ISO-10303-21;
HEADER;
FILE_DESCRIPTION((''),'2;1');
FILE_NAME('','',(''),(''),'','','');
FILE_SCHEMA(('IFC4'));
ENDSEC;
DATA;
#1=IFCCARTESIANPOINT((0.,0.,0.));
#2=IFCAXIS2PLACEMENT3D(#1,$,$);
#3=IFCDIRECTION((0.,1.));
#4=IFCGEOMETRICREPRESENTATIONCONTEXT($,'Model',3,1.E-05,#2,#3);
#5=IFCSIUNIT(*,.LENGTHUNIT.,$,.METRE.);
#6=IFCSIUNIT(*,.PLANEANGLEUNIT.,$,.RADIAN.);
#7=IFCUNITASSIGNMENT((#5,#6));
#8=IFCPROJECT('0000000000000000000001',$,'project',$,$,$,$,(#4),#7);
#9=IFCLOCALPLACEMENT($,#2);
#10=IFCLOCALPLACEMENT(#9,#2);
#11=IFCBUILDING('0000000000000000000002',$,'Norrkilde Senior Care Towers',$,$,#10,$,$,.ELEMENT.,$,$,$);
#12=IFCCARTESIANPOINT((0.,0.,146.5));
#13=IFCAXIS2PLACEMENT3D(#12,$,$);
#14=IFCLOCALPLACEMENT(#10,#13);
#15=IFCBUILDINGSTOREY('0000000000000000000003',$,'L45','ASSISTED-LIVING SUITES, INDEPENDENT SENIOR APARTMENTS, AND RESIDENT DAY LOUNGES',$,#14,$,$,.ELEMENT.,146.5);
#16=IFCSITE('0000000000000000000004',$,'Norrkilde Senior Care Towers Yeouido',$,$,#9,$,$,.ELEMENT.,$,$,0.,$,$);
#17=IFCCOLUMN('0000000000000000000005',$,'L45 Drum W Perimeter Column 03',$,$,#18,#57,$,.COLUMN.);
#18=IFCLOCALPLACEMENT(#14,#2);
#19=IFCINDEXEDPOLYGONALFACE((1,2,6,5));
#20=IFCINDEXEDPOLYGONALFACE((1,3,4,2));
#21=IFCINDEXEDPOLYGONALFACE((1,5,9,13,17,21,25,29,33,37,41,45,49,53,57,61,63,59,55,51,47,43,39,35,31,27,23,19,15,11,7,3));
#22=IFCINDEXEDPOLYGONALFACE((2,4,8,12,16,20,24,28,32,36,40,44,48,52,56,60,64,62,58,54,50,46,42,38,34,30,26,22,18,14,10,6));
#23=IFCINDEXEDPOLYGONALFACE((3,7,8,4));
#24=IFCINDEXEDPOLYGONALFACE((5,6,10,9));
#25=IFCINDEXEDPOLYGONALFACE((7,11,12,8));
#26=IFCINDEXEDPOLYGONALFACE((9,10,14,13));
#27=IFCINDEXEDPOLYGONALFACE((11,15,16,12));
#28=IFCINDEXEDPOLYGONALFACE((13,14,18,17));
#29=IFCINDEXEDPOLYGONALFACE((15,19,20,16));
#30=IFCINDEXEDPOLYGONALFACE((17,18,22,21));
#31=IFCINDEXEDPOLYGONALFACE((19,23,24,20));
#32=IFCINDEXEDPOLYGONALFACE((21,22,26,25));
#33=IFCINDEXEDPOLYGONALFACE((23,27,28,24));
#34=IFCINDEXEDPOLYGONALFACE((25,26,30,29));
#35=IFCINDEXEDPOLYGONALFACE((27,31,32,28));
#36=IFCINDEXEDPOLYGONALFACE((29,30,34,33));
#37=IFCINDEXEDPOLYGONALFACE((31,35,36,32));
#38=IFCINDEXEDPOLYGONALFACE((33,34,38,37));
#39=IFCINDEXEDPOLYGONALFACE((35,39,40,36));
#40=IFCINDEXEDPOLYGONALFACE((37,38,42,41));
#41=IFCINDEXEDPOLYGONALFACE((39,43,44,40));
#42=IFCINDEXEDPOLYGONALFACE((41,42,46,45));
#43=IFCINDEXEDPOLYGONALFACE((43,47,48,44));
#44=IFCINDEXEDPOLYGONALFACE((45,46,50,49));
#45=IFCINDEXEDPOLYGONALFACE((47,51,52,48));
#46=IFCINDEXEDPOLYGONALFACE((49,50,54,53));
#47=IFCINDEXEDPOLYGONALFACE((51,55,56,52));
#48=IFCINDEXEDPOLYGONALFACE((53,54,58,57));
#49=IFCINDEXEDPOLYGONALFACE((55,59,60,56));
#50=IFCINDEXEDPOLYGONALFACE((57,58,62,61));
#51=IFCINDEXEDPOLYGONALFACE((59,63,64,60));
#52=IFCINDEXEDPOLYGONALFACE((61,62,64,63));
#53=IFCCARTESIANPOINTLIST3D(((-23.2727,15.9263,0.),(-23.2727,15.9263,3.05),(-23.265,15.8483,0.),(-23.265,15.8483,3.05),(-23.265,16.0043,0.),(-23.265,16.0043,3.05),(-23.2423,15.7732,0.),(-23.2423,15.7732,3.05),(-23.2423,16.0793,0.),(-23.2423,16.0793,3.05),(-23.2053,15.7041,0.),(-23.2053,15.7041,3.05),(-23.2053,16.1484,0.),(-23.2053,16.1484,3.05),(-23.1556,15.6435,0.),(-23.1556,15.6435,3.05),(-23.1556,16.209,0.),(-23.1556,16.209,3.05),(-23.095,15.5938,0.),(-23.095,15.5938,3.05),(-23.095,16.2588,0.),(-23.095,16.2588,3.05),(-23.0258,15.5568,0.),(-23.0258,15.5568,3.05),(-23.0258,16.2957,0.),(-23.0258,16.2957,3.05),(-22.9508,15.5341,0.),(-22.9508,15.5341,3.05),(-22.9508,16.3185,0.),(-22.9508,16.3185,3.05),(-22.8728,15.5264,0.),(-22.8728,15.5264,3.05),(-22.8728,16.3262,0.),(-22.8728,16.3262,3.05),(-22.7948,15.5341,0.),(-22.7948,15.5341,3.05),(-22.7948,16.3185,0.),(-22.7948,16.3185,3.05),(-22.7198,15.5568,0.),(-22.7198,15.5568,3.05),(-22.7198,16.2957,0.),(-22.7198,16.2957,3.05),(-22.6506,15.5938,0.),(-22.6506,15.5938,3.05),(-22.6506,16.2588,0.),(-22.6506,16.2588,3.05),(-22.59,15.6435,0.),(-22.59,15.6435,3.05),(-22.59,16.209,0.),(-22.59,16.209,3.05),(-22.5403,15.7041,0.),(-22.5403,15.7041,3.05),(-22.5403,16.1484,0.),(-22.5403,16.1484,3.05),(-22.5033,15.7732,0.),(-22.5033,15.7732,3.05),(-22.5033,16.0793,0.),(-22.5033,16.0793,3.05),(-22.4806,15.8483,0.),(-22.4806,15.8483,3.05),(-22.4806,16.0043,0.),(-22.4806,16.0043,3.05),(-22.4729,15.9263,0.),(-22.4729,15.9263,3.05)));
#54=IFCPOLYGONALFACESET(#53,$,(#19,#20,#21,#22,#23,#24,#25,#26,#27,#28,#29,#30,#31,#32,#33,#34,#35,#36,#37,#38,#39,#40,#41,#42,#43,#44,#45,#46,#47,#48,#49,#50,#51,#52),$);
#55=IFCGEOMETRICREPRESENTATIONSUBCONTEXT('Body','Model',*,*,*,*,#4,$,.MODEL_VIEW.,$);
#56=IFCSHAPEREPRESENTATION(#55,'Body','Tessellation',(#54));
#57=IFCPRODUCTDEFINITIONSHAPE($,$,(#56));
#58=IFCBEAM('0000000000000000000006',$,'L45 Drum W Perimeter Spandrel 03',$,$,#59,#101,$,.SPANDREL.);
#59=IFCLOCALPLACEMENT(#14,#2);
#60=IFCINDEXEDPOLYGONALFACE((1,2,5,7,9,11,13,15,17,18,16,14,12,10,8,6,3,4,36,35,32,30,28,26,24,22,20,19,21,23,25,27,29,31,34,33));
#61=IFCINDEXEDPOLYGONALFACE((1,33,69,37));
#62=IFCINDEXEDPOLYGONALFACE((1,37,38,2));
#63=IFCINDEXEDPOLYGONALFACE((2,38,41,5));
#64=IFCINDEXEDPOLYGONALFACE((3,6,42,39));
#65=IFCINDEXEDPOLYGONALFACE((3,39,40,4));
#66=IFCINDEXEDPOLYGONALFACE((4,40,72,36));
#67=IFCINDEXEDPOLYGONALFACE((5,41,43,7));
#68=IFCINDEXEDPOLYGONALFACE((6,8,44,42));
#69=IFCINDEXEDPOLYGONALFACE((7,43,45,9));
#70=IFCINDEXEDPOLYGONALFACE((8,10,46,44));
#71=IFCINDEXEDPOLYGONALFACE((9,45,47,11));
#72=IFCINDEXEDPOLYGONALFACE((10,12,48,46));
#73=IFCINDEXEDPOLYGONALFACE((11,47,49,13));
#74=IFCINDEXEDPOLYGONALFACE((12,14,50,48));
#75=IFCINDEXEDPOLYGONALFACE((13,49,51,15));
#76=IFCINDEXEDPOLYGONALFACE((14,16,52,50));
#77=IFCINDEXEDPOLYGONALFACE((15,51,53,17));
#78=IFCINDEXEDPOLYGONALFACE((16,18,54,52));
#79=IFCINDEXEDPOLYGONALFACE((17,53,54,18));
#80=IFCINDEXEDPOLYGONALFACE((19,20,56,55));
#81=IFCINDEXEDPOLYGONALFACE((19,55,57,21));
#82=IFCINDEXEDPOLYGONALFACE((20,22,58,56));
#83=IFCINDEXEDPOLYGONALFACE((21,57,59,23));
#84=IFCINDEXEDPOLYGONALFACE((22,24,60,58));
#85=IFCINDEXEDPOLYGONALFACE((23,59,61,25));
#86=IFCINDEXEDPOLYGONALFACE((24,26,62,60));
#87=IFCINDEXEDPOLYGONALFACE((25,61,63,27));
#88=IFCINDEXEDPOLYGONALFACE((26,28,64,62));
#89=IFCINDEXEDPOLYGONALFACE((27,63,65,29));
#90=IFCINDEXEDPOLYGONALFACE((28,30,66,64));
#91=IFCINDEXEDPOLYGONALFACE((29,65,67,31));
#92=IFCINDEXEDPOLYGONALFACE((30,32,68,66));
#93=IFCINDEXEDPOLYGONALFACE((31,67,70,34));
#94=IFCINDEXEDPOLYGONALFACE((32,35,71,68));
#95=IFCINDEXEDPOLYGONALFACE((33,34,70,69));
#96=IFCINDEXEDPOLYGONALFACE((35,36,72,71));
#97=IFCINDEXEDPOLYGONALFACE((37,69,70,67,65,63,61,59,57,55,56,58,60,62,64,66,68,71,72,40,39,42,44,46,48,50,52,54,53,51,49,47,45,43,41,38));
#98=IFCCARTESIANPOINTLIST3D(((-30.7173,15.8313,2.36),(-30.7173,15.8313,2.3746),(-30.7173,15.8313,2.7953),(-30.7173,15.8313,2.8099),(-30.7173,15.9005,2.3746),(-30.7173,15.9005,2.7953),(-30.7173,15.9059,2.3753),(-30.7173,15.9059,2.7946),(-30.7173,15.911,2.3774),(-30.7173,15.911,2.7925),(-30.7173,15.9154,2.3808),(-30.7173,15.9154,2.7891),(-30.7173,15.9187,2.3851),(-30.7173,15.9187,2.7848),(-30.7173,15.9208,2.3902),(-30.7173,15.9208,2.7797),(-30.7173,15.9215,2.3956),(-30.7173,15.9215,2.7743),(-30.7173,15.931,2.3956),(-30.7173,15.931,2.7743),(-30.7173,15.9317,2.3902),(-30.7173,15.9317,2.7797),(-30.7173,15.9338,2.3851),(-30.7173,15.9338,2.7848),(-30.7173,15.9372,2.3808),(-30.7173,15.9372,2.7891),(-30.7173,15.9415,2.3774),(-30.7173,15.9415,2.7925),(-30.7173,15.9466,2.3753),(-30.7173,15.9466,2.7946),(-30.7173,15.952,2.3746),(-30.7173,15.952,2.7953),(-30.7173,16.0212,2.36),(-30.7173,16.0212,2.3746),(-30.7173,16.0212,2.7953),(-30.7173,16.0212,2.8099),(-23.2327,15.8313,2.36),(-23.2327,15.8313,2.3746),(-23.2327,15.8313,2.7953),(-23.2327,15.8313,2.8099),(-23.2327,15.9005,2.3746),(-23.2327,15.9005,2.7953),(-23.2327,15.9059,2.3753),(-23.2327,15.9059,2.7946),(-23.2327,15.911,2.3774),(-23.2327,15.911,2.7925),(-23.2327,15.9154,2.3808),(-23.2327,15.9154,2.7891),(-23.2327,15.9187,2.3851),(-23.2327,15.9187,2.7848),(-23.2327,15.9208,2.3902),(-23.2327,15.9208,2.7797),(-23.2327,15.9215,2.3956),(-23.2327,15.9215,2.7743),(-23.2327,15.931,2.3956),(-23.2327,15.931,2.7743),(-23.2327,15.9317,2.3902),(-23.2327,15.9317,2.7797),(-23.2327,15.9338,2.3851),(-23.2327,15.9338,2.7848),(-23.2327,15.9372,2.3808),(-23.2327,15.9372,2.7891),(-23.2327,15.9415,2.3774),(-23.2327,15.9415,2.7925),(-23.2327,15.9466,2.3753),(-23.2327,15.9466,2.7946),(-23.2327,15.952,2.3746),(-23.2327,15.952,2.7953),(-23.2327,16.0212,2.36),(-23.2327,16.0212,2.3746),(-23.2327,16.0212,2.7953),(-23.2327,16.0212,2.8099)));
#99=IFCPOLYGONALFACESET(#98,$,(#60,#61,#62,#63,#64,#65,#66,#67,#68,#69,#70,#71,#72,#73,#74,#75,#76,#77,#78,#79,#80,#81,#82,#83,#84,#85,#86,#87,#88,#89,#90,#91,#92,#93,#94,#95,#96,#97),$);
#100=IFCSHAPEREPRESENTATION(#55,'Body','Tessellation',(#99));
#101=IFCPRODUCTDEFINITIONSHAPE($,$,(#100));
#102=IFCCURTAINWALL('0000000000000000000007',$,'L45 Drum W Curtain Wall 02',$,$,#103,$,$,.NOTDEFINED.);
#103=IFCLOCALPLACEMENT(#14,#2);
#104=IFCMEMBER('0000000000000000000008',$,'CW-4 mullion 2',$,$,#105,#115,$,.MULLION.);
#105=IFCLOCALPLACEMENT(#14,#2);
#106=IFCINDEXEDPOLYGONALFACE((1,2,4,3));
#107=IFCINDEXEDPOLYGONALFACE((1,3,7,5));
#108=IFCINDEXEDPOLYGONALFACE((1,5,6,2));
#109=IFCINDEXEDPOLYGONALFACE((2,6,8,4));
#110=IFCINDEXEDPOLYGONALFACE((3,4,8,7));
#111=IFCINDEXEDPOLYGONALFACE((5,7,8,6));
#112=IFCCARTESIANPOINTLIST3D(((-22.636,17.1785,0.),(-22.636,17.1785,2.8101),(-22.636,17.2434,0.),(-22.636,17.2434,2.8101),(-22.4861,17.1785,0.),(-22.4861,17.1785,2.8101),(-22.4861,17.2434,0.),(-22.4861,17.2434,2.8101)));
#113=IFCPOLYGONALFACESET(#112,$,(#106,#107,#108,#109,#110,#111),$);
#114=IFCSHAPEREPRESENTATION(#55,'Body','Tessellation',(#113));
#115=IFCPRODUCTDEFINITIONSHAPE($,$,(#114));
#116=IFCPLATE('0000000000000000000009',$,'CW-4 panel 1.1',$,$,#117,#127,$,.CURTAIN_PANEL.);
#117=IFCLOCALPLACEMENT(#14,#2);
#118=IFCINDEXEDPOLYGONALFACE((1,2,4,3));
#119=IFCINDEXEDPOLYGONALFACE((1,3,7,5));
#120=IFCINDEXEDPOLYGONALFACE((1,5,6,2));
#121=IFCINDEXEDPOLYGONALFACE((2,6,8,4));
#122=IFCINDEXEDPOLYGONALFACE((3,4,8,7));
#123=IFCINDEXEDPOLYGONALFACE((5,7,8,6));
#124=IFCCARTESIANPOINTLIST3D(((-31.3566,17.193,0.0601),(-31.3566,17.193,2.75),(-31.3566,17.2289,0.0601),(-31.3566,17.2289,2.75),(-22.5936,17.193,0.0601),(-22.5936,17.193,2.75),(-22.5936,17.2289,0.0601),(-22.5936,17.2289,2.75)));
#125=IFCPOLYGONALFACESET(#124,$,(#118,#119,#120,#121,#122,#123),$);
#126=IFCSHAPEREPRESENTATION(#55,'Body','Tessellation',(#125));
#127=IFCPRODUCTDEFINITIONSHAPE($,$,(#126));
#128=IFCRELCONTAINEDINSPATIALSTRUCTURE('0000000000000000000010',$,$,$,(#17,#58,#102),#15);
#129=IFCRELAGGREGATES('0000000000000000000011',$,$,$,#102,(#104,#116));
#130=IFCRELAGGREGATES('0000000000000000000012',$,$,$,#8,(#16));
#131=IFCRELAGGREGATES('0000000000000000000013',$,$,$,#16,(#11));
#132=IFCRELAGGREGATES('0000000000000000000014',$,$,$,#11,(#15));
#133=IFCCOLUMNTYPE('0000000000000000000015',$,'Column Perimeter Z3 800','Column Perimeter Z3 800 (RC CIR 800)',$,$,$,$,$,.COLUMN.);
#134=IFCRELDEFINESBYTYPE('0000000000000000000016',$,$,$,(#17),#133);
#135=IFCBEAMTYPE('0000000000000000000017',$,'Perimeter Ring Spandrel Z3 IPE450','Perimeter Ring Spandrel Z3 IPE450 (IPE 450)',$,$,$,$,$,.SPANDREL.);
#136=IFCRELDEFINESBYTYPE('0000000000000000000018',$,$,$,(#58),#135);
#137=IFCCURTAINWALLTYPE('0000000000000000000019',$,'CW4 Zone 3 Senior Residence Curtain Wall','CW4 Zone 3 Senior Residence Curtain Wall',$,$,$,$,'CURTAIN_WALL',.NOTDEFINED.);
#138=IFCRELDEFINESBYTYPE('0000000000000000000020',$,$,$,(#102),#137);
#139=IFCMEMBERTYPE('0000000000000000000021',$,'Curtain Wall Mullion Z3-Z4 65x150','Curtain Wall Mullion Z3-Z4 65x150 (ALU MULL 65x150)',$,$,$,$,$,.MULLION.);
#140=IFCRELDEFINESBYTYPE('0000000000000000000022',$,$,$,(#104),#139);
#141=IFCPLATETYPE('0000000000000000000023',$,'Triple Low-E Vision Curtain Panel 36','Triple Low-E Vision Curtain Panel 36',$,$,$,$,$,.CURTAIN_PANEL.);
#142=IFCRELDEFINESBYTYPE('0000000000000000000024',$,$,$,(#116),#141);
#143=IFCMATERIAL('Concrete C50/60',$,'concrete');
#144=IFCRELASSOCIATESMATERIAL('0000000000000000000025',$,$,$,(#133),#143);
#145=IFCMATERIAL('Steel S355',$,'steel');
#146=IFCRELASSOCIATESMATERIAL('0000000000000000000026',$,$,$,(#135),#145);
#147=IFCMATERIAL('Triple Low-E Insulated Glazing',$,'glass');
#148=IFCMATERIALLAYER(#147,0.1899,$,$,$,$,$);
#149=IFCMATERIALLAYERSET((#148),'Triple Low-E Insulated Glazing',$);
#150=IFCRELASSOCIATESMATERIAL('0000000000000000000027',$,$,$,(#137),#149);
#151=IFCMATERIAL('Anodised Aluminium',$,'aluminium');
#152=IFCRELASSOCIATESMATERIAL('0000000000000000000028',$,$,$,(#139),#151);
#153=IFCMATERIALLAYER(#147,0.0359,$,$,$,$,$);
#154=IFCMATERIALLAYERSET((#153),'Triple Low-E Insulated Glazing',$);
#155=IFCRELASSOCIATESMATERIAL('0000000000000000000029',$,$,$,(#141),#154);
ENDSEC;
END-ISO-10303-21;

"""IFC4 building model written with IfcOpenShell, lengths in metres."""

from ifc_helpers import new_model, si_unit, direction, frame, origin, origin_2d, place, context, subcontext, project, spatial, rectangle, circle, i_section, extrude, source, transform, mapped, material, layer, layer_set, material_profile, profile_set, type_object, type_shapes, element, aggregate, save


model = new_model("IFC4")

# Units and contexts
model_context = context("Model", 3, precision=1e-05, world=origin(), true_north=direction((0.0, 1.0)))
body_context = subcontext(model_context, "Body", "Model", "MODEL_VIEW")
ifc_project = project(units=[si_unit("LENGTHUNIT", "METRE"), si_unit("PLANEANGLEUNIT", "RADIAN")], contexts=[model_context])

# Site, building, storey
site_placement = place(None, origin())
site = spatial("IfcSite", under=ifc_project, at=site_placement, Name="Norrkilde Senior Care Towers Yeouido", CompositionType="ELEMENT", RefElevation=0.0)
building_placement = place(site_placement, origin())
building = spatial("IfcBuilding", under=site, at=building_placement, Name="Norrkilde Senior Care Towers", CompositionType="ELEMENT")
storey_placement = place(building_placement, frame((0.0, 0.0, 146.5)))
storey = spatial("IfcBuildingStorey", under=building, at=storey_placement, Name="L45", Description="ASSISTED-LIVING SUITES, INDEPENDENT SENIOR APARTMENTS, AND RESIDENT DAY LOUNGES", CompositionType="ELEMENT", Elevation=146.5)

# Column
ifc_material_1 = material(Name="Concrete C50/60", Category="concrete")
ifc_material_profile_1 = material_profile(ifc_material_1, circle(Radius=0.3999, at=origin_2d()), Name="RC CIR 800")
ifc_profile_set_1 = profile_set([ifc_material_profile_1], Name="Concrete C50/60")
column_type = type_object("IfcColumnType", Name="Column Perimeter Z3 800", Description="Column Perimeter Z3 800 (RC CIR 800)", PredefinedType="COLUMN", material=ifc_profile_set_1)
shared_shape_1 = source(origin(), body_context, "Body", "SweptSolid", [
    extrude(circle(Radius=0.3999, at=origin_2d()), origin(), (0.0, 0.0, 1.0), 3.05),
])
type_shapes(column_type, [shared_shape_1])
column_placement = place(storey_placement, frame((-22.8728, 15.9263, 0.0), z_axis=(0.0, 0.0, 1.0), x_axis=(1.0, 0.0, 0.0)))
element("IfcColumn", 1, at=column_placement, inside=storey, type_object=column_type, Name="L45 Drum W Perimeter Column 03", PredefinedType="COLUMN", context=body_context, shape_type="MappedRepresentation", body=[
    mapped(shared_shape_1, transform((0.0, 0.0, 0.0), x_axis=(1.0, 0.0, 0.0), y_axis=(0.0, 1.0, 0.0), z_axis=(0.0, 0.0, 1.0), scale=1.0)),
])

# Beam
ifc_material_2 = material(Name="Steel S355", Category="steel")
ifc_material_profile_2 = material_profile(ifc_material_2, i_section(OverallWidth=0.1899, OverallDepth=0.45, WebThickness=0.0095, FlangeThickness=0.0146, FilletRadius=0.021, at=origin_2d()), Name="IPE 450")
ifc_profile_set_2 = profile_set([ifc_material_profile_2], Name="Steel S355")
beam_type = type_object("IfcBeamType", Name="Perimeter Ring Spandrel Z3 IPE450", Description="Perimeter Ring Spandrel Z3 IPE450 (IPE 450)", PredefinedType="SPANDREL", material=ifc_profile_set_2)
shared_shape_2 = source(origin(), body_context, "Body", "SweptSolid", [
    extrude(i_section(OverallWidth=0.1899, OverallDepth=0.45, WebThickness=0.0095, FlangeThickness=0.0146, FilletRadius=0.021, at=origin_2d()), origin(), (0.0, 0.0, 1.0), 7.4846),
])
type_shapes(beam_type, [shared_shape_2])
beam_placement = place(storey_placement, frame((-23.2327, 15.9263, 2.585), z_axis=(-1.0, 0.0, 0.0), x_axis=(0.0, -1.0, 0.0)))
element("IfcBeam", 2, at=beam_placement, inside=storey, type_object=beam_type, Name="L45 Drum W Perimeter Spandrel 03", PredefinedType="SPANDREL", context=body_context, shape_type="MappedRepresentation", body=[
    mapped(shared_shape_2, transform((0.0, 0.0, 0.0), x_axis=(1.0, 0.0, 0.0), y_axis=(0.0, 1.0, 0.0), z_axis=(0.0, 0.0, 1.0), scale=1.0)),
])

# Curtain wall, member, plate
ifc_material_3 = material(Name="Triple Low-E Insulated Glazing", Category="glass")
ifc_layer_1 = layer(ifc_material_3, 0.1899)
ifc_layer_set_1 = layer_set([ifc_layer_1], Name="Triple Low-E Insulated Glazing")
curtain_wall_type = type_object("IfcCurtainWallType", Name="CW4 Zone 3 Senior Residence Curtain Wall", Description="CW4 Zone 3 Senior Residence Curtain Wall", ElementType="CURTAIN_WALL", PredefinedType="NOTDEFINED", material=ifc_layer_set_1)
curtain_wall_placement = place(storey_placement, origin())
curtain_wall = element("IfcCurtainWall", 3, at=curtain_wall_placement, inside=storey, type_object=curtain_wall_type, Name="L45 Drum W Curtain Wall 02", PredefinedType="NOTDEFINED")
ifc_material_4 = material(Name="Anodised Aluminium", Category="aluminium")
ifc_material_profile_3 = material_profile(ifc_material_4, rectangle(XDim=0.0649, YDim=0.1499, at=origin_2d()), Name="ALU MULL 65x150")
ifc_profile_set_3 = profile_set([ifc_material_profile_3], Name="Anodised Aluminium")
member_type = type_object("IfcMemberType", Name="Curtain Wall Mullion Z3-Z4 65x150", Description="Curtain Wall Mullion Z3-Z4 65x150 (ALU MULL 65x150)", PredefinedType="MULLION", material=ifc_profile_set_3)
shared_shape_3 = source(origin(), body_context, "Body", "SweptSolid", [
    extrude(rectangle(XDim=0.0649, YDim=0.1499, at=origin_2d()), origin(), (0.0, 0.0, 1.0), 2.8101),
])
type_shapes(member_type, [shared_shape_3])
member_placement = place(storey_placement, frame((-22.561, 17.2109, 0.0), z_axis=(0.0, 0.0, 1.0), x_axis=(0.0, 1.0, 0.0)))
member = element("IfcMember", 4, at=member_placement, type_object=member_type, Name="CW-4 mullion 2", PredefinedType="MULLION", context=body_context, shape_type="MappedRepresentation", body=[
    mapped(shared_shape_3, transform((0.0, 0.0, 0.0), x_axis=(1.0, 0.0, 0.0), y_axis=(0.0, 1.0, 0.0), z_axis=(0.0, 0.0, 1.0), scale=1.0)),
])
ifc_layer_2 = layer(ifc_material_3, 0.0359)
ifc_layer_set_2 = layer_set([ifc_layer_2], Name="Triple Low-E Insulated Glazing")
plate_type = type_object("IfcPlateType", Name="Triple Low-E Vision Curtain Panel 36", Description="Triple Low-E Vision Curtain Panel 36", PredefinedType="CURTAIN_PANEL", material=ifc_layer_set_2)
shared_shape_4 = source(origin(), body_context, "Body", "SweptSolid", [
    extrude(rectangle(XDim=8.7629, YDim=0.0359, at=origin_2d()), origin(), (0.0, 0.0, 1.0), 2.6899),
])
type_shapes(plate_type, [shared_shape_4])
plate_placement = place(storey_placement, frame((-26.9751, 17.2109, 0.0601), z_axis=(0.0, 0.0, 1.0), x_axis=(1.0, 0.0, 0.0)))
plate = element("IfcPlate", 5, at=plate_placement, type_object=plate_type, Name="CW-4 panel 1.1", PredefinedType="CURTAIN_PANEL", context=body_context, shape_type="MappedRepresentation", body=[
    mapped(shared_shape_4, transform((0.0, 0.0, 0.0), x_axis=(1.0, 0.0, 0.0), y_axis=(0.0, 1.0, 0.0), z_axis=(0.0, 0.0, 1.0), scale=1.0)),
])
aggregate(curtain_wall, [member, plate])

save(model, "model.ifc")
